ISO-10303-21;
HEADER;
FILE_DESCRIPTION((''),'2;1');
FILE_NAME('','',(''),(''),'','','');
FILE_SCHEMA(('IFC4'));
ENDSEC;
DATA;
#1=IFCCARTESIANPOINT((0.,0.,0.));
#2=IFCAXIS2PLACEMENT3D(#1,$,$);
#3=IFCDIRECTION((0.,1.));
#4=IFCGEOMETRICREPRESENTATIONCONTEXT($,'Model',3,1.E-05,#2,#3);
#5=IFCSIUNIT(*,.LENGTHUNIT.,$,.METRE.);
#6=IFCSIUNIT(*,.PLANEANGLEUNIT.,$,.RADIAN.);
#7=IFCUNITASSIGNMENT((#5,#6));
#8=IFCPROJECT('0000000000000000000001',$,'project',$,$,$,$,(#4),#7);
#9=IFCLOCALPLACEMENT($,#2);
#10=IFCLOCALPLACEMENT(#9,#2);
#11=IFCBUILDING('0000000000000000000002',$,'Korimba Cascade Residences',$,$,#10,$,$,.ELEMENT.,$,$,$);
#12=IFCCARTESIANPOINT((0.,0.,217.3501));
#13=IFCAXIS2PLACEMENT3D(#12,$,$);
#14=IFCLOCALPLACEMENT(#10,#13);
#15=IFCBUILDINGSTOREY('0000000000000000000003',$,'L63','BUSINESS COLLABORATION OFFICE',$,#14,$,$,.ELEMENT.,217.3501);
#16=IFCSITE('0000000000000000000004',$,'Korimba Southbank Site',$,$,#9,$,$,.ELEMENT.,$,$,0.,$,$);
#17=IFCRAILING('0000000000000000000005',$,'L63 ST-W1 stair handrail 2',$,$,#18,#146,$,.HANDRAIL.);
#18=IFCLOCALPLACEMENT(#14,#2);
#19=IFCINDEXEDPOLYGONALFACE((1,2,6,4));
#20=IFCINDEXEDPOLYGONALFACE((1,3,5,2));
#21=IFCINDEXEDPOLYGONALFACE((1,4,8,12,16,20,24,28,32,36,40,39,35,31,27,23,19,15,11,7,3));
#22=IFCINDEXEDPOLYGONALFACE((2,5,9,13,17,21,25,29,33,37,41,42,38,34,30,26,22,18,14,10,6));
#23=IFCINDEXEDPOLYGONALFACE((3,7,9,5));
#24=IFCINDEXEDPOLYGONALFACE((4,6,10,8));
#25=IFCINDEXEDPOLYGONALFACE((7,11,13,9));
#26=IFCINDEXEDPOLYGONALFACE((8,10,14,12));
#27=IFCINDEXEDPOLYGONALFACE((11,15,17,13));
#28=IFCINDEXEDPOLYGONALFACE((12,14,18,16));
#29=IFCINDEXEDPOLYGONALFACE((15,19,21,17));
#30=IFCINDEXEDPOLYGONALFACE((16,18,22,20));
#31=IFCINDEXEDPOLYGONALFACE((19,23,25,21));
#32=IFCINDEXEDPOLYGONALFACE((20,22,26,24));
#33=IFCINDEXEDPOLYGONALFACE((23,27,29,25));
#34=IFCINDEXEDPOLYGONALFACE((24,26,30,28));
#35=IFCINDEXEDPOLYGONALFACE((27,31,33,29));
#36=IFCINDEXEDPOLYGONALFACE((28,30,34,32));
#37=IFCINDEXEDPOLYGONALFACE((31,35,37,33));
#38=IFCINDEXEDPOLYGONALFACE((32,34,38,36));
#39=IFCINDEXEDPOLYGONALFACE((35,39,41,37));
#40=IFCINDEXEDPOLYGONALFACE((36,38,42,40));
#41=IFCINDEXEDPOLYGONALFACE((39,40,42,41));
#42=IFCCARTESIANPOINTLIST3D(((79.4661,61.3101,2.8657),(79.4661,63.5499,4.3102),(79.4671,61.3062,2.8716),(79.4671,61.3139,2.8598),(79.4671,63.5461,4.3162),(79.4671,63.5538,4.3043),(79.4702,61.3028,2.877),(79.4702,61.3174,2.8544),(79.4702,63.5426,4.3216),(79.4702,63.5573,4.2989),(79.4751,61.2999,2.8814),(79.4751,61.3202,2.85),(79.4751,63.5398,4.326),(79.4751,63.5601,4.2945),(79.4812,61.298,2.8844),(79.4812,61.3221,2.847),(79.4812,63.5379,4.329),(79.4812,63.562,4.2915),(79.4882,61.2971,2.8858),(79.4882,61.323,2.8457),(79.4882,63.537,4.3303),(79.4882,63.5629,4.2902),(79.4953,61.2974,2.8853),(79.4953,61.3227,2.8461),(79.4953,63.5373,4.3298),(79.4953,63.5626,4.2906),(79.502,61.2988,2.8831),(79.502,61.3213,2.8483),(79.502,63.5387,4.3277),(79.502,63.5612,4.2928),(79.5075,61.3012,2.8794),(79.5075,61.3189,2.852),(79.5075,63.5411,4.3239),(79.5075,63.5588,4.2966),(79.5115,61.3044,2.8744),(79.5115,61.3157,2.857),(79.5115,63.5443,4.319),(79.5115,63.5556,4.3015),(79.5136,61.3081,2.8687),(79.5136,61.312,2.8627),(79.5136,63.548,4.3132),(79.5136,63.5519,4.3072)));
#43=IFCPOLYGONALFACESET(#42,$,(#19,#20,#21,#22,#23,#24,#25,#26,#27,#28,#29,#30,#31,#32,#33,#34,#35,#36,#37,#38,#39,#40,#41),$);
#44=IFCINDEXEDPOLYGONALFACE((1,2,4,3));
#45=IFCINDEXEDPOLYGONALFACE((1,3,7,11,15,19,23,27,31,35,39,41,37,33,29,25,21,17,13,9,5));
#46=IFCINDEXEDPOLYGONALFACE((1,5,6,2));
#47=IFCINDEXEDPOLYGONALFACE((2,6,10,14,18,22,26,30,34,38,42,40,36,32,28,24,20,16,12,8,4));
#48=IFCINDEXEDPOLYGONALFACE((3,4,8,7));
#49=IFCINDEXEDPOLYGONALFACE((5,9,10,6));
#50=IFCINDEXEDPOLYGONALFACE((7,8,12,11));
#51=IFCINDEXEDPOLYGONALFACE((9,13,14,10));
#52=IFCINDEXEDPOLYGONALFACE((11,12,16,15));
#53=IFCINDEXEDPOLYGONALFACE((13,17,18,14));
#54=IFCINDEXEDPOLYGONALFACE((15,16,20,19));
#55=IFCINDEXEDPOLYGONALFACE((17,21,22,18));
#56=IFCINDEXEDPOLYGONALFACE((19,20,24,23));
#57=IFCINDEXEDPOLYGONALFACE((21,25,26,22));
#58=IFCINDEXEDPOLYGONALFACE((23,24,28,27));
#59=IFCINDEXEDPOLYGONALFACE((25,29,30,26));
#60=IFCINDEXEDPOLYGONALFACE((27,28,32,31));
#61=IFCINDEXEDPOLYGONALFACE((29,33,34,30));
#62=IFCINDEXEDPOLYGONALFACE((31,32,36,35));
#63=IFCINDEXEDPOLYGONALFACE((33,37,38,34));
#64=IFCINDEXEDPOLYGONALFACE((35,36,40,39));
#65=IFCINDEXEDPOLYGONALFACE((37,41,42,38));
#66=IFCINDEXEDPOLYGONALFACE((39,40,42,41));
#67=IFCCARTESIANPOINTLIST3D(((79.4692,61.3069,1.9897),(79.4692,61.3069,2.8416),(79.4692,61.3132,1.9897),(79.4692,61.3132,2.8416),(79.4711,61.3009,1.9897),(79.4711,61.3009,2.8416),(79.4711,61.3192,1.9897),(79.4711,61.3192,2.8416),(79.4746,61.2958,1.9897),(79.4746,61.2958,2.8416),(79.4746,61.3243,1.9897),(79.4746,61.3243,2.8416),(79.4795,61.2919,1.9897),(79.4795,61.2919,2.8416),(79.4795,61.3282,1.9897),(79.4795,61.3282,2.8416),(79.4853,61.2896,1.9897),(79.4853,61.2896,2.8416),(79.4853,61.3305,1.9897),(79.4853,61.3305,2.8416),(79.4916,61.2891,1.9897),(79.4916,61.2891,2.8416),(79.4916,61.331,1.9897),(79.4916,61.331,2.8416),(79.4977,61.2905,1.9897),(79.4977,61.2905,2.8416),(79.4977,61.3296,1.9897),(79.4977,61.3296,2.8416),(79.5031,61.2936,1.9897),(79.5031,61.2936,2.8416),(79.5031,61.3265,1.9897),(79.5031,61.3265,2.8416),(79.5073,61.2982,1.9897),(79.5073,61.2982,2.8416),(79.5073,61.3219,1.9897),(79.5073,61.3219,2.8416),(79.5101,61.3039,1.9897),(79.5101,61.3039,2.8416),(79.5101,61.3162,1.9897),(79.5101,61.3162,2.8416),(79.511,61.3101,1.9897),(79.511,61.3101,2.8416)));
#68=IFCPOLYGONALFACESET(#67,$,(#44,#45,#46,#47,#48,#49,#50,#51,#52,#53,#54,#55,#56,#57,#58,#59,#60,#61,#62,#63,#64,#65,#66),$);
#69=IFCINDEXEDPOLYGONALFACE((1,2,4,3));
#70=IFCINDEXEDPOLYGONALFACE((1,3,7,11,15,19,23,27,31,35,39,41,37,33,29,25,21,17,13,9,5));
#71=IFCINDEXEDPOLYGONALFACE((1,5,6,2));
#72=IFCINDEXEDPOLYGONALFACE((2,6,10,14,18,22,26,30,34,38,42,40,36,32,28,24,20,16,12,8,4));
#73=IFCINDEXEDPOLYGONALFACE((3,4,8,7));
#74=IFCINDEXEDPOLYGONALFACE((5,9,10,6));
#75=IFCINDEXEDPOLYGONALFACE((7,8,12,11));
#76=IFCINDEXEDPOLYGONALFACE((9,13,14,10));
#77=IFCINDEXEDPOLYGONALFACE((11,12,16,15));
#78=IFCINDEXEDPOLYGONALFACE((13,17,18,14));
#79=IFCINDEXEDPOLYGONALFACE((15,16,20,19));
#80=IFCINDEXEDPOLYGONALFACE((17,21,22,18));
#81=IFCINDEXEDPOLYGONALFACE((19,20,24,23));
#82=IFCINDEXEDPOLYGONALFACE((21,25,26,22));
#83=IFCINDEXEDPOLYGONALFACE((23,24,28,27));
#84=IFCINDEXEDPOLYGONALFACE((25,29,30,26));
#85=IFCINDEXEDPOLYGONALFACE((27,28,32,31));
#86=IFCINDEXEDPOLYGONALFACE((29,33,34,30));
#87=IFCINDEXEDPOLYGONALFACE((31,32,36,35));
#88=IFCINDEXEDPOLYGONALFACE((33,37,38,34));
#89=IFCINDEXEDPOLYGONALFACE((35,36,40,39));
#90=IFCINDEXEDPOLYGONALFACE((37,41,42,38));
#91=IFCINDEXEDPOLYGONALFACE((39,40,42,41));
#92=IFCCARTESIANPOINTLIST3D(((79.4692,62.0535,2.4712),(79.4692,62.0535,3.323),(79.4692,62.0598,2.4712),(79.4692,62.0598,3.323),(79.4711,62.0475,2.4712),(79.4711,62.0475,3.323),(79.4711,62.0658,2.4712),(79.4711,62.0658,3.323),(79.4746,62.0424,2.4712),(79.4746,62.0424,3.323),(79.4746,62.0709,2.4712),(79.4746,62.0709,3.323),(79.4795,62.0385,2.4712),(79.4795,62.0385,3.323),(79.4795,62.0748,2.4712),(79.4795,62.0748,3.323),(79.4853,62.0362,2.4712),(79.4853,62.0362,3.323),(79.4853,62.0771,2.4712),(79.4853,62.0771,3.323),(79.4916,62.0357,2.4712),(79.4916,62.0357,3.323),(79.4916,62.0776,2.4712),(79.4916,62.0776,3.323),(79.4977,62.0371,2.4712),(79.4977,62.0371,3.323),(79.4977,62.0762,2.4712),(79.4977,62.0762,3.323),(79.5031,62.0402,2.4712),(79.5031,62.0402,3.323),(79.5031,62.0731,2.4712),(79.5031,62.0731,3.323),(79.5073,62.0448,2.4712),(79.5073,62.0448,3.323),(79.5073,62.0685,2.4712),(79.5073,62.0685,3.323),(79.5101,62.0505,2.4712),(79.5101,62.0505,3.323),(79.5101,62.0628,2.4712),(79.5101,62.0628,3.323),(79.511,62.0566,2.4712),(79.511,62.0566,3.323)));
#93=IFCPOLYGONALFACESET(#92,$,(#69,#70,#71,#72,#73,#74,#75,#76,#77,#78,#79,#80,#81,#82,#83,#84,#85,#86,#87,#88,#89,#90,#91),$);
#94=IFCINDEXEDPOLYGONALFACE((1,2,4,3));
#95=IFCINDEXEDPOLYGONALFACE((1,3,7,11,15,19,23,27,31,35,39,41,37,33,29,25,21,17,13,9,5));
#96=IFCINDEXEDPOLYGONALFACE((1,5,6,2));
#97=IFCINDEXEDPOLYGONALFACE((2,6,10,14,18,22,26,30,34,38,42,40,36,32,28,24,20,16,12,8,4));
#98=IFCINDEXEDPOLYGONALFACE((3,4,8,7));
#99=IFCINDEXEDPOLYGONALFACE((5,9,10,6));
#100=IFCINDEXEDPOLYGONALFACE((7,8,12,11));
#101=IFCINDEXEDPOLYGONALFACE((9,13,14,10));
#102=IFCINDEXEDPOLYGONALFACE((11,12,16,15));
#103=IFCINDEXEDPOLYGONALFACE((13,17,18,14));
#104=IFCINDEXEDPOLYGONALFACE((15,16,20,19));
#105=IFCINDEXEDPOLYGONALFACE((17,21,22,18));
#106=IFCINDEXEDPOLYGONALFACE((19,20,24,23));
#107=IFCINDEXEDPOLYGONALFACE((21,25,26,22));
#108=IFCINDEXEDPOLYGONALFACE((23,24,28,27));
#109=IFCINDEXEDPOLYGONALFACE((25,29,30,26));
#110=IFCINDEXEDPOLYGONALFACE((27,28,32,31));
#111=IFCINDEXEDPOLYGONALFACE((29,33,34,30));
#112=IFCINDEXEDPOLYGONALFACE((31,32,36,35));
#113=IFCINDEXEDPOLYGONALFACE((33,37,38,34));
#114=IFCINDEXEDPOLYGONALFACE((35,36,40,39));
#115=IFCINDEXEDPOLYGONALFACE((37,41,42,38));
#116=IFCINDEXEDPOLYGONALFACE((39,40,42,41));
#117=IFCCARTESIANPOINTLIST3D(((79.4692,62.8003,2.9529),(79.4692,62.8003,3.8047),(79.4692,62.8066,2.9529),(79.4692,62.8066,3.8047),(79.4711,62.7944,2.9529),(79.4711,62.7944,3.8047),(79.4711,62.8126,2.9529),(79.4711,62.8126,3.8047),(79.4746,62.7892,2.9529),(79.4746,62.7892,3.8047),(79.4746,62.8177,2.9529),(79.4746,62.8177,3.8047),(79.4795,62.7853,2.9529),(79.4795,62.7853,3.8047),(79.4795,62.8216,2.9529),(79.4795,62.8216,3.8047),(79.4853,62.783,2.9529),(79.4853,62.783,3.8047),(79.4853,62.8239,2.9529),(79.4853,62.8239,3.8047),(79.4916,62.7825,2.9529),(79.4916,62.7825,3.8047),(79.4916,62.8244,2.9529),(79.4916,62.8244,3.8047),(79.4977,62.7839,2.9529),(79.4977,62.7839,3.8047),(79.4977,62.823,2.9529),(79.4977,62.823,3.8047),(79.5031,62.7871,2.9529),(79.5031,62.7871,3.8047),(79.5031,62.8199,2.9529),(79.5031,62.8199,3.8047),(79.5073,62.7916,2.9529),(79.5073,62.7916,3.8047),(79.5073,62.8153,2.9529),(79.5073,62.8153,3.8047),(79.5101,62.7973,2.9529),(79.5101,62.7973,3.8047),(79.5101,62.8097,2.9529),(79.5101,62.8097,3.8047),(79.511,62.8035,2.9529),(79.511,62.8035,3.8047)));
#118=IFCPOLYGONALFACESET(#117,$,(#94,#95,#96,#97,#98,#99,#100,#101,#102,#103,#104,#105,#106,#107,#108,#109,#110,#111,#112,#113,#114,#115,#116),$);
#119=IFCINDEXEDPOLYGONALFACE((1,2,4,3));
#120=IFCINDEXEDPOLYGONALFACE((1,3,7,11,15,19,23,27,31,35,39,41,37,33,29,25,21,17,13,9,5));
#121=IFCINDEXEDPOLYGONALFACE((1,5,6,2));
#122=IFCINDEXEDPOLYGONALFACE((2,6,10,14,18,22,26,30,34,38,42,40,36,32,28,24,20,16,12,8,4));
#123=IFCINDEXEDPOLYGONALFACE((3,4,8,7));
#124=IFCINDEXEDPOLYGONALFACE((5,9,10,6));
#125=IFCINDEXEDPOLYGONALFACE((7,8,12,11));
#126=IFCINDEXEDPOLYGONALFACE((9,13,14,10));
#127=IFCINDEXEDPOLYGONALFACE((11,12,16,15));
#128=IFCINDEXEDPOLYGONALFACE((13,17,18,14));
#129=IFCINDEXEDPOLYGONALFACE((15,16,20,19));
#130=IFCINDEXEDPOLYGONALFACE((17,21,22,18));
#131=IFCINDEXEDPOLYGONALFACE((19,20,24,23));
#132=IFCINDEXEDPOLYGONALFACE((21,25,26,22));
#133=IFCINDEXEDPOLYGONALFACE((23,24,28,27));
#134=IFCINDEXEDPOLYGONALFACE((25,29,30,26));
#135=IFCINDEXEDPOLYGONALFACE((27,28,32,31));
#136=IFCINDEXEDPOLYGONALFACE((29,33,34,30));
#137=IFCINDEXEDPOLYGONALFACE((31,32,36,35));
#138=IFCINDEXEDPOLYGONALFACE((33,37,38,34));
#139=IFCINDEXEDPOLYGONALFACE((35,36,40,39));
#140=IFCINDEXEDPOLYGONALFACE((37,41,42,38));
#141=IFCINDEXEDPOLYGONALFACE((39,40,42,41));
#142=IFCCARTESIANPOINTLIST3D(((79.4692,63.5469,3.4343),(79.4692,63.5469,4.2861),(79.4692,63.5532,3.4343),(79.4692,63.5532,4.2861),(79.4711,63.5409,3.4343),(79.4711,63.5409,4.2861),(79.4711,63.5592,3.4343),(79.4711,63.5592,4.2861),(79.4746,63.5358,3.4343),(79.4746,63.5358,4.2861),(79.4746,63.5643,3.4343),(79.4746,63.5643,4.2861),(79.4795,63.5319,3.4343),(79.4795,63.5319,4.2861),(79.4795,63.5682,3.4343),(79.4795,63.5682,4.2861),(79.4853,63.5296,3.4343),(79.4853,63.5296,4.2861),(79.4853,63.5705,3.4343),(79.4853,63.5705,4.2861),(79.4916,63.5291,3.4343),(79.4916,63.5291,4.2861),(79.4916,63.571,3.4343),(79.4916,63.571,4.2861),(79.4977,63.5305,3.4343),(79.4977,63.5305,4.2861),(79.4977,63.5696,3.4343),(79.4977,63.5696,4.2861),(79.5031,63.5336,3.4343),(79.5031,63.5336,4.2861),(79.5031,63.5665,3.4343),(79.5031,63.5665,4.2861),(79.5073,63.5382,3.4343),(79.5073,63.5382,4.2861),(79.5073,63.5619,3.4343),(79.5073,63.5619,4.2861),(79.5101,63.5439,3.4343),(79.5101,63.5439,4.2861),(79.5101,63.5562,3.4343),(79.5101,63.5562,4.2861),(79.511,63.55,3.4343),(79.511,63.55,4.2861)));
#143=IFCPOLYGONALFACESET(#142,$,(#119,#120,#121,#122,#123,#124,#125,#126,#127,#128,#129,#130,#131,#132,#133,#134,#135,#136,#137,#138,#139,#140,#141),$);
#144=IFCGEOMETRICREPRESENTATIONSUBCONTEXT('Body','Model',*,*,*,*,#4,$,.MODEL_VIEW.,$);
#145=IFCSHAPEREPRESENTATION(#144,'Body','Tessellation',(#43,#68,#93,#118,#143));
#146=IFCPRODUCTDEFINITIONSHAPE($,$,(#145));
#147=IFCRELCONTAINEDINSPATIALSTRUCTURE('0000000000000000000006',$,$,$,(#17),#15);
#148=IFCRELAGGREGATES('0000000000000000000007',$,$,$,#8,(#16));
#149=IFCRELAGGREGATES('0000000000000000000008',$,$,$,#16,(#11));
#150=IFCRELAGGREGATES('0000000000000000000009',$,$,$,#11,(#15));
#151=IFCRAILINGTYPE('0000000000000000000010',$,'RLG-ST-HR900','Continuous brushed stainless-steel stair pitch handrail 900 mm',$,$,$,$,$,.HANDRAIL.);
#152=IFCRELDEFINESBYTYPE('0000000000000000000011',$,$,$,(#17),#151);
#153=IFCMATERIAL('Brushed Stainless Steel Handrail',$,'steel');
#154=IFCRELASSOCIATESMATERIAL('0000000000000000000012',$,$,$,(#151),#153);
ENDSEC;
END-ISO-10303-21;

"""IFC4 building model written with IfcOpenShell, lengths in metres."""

from ifc_helpers import new_model, si_unit, direction, frame, origin, origin_2d, place, context, subcontext, project, spatial, circle, extrude, material, type_object, element, save


model = new_model("IFC4")

# Units and contexts
model_context = context("Model", 3, precision=1e-05, world=origin(), true_north=direction((0.0, 1.0)))
body_context = subcontext(model_context, "Body", "Model", "MODEL_VIEW")
ifc_project = project(units=[si_unit("LENGTHUNIT", "METRE"), si_unit("PLANEANGLEUNIT", "RADIAN")], contexts=[model_context])

# Site, building, storey
site_placement = place(None, origin())
site = spatial("IfcSite", under=ifc_project, at=site_placement, Name="Korimba Southbank Site", CompositionType="ELEMENT", RefElevation=0.0)
building_placement = place(site_placement, origin())
building = spatial("IfcBuilding", under=site, at=building_placement, Name="Korimba Cascade Residences", CompositionType="ELEMENT")
storey_placement = place(building_placement, frame((0.0, 0.0, 217.3501)))
storey = spatial("IfcBuildingStorey", under=building, at=storey_placement, Name="L63", Description="BUSINESS COLLABORATION OFFICE", CompositionType="ELEMENT", Elevation=217.3501)

# Railing
ifc_material_1 = material(Name="Brushed Stainless Steel Handrail", Category="steel")
railing_type_1 = type_object("IfcRailingType", Name="RLG-ST-HR900", Description="Continuous brushed stainless-steel stair pitch handrail 900 mm", PredefinedType="HANDRAIL", material=ifc_material_1)
railing_1_placement = place(storey_placement, frame((79.49, 61.3101, 1.9897)))
element("IfcRailing", 1, at=railing_1_placement, inside=storey, type_object=railing_type_1, Name="L63 ST-W1 stair handrail 2", PredefinedType="HANDRAIL", context=body_context, shape_type="SweptSolid", body=[
    extrude(circle(Radius=0.0239, at=origin_2d()), frame((0.0, 0.0, 0.876), z_axis=(0.0, 0.840395, 0.541975), x_axis=(-1.0, 0.0, 0.0)), (0.0, 0.0, 1.0), 2.6653),
    extrude(circle(Radius=0.021, at=origin_2d()), origin(), (0.0, 0.0, 1.0), 0.8518),
    extrude(circle(Radius=0.021, at=origin_2d()), frame((0.0, 0.7466, 0.4814)), (0.0, 0.0, 1.0), 0.8518),
    extrude(circle(Radius=0.021, at=origin_2d()), frame((0.0, 1.4934, 0.9631)), (0.0, 0.0, 1.0), 0.8518),
    extrude(circle(Radius=0.021, at=origin_2d()), frame((0.0, 2.24, 1.4446)), (0.0, 0.0, 1.0), 0.8518),
])

save(model, "model.ifc")
